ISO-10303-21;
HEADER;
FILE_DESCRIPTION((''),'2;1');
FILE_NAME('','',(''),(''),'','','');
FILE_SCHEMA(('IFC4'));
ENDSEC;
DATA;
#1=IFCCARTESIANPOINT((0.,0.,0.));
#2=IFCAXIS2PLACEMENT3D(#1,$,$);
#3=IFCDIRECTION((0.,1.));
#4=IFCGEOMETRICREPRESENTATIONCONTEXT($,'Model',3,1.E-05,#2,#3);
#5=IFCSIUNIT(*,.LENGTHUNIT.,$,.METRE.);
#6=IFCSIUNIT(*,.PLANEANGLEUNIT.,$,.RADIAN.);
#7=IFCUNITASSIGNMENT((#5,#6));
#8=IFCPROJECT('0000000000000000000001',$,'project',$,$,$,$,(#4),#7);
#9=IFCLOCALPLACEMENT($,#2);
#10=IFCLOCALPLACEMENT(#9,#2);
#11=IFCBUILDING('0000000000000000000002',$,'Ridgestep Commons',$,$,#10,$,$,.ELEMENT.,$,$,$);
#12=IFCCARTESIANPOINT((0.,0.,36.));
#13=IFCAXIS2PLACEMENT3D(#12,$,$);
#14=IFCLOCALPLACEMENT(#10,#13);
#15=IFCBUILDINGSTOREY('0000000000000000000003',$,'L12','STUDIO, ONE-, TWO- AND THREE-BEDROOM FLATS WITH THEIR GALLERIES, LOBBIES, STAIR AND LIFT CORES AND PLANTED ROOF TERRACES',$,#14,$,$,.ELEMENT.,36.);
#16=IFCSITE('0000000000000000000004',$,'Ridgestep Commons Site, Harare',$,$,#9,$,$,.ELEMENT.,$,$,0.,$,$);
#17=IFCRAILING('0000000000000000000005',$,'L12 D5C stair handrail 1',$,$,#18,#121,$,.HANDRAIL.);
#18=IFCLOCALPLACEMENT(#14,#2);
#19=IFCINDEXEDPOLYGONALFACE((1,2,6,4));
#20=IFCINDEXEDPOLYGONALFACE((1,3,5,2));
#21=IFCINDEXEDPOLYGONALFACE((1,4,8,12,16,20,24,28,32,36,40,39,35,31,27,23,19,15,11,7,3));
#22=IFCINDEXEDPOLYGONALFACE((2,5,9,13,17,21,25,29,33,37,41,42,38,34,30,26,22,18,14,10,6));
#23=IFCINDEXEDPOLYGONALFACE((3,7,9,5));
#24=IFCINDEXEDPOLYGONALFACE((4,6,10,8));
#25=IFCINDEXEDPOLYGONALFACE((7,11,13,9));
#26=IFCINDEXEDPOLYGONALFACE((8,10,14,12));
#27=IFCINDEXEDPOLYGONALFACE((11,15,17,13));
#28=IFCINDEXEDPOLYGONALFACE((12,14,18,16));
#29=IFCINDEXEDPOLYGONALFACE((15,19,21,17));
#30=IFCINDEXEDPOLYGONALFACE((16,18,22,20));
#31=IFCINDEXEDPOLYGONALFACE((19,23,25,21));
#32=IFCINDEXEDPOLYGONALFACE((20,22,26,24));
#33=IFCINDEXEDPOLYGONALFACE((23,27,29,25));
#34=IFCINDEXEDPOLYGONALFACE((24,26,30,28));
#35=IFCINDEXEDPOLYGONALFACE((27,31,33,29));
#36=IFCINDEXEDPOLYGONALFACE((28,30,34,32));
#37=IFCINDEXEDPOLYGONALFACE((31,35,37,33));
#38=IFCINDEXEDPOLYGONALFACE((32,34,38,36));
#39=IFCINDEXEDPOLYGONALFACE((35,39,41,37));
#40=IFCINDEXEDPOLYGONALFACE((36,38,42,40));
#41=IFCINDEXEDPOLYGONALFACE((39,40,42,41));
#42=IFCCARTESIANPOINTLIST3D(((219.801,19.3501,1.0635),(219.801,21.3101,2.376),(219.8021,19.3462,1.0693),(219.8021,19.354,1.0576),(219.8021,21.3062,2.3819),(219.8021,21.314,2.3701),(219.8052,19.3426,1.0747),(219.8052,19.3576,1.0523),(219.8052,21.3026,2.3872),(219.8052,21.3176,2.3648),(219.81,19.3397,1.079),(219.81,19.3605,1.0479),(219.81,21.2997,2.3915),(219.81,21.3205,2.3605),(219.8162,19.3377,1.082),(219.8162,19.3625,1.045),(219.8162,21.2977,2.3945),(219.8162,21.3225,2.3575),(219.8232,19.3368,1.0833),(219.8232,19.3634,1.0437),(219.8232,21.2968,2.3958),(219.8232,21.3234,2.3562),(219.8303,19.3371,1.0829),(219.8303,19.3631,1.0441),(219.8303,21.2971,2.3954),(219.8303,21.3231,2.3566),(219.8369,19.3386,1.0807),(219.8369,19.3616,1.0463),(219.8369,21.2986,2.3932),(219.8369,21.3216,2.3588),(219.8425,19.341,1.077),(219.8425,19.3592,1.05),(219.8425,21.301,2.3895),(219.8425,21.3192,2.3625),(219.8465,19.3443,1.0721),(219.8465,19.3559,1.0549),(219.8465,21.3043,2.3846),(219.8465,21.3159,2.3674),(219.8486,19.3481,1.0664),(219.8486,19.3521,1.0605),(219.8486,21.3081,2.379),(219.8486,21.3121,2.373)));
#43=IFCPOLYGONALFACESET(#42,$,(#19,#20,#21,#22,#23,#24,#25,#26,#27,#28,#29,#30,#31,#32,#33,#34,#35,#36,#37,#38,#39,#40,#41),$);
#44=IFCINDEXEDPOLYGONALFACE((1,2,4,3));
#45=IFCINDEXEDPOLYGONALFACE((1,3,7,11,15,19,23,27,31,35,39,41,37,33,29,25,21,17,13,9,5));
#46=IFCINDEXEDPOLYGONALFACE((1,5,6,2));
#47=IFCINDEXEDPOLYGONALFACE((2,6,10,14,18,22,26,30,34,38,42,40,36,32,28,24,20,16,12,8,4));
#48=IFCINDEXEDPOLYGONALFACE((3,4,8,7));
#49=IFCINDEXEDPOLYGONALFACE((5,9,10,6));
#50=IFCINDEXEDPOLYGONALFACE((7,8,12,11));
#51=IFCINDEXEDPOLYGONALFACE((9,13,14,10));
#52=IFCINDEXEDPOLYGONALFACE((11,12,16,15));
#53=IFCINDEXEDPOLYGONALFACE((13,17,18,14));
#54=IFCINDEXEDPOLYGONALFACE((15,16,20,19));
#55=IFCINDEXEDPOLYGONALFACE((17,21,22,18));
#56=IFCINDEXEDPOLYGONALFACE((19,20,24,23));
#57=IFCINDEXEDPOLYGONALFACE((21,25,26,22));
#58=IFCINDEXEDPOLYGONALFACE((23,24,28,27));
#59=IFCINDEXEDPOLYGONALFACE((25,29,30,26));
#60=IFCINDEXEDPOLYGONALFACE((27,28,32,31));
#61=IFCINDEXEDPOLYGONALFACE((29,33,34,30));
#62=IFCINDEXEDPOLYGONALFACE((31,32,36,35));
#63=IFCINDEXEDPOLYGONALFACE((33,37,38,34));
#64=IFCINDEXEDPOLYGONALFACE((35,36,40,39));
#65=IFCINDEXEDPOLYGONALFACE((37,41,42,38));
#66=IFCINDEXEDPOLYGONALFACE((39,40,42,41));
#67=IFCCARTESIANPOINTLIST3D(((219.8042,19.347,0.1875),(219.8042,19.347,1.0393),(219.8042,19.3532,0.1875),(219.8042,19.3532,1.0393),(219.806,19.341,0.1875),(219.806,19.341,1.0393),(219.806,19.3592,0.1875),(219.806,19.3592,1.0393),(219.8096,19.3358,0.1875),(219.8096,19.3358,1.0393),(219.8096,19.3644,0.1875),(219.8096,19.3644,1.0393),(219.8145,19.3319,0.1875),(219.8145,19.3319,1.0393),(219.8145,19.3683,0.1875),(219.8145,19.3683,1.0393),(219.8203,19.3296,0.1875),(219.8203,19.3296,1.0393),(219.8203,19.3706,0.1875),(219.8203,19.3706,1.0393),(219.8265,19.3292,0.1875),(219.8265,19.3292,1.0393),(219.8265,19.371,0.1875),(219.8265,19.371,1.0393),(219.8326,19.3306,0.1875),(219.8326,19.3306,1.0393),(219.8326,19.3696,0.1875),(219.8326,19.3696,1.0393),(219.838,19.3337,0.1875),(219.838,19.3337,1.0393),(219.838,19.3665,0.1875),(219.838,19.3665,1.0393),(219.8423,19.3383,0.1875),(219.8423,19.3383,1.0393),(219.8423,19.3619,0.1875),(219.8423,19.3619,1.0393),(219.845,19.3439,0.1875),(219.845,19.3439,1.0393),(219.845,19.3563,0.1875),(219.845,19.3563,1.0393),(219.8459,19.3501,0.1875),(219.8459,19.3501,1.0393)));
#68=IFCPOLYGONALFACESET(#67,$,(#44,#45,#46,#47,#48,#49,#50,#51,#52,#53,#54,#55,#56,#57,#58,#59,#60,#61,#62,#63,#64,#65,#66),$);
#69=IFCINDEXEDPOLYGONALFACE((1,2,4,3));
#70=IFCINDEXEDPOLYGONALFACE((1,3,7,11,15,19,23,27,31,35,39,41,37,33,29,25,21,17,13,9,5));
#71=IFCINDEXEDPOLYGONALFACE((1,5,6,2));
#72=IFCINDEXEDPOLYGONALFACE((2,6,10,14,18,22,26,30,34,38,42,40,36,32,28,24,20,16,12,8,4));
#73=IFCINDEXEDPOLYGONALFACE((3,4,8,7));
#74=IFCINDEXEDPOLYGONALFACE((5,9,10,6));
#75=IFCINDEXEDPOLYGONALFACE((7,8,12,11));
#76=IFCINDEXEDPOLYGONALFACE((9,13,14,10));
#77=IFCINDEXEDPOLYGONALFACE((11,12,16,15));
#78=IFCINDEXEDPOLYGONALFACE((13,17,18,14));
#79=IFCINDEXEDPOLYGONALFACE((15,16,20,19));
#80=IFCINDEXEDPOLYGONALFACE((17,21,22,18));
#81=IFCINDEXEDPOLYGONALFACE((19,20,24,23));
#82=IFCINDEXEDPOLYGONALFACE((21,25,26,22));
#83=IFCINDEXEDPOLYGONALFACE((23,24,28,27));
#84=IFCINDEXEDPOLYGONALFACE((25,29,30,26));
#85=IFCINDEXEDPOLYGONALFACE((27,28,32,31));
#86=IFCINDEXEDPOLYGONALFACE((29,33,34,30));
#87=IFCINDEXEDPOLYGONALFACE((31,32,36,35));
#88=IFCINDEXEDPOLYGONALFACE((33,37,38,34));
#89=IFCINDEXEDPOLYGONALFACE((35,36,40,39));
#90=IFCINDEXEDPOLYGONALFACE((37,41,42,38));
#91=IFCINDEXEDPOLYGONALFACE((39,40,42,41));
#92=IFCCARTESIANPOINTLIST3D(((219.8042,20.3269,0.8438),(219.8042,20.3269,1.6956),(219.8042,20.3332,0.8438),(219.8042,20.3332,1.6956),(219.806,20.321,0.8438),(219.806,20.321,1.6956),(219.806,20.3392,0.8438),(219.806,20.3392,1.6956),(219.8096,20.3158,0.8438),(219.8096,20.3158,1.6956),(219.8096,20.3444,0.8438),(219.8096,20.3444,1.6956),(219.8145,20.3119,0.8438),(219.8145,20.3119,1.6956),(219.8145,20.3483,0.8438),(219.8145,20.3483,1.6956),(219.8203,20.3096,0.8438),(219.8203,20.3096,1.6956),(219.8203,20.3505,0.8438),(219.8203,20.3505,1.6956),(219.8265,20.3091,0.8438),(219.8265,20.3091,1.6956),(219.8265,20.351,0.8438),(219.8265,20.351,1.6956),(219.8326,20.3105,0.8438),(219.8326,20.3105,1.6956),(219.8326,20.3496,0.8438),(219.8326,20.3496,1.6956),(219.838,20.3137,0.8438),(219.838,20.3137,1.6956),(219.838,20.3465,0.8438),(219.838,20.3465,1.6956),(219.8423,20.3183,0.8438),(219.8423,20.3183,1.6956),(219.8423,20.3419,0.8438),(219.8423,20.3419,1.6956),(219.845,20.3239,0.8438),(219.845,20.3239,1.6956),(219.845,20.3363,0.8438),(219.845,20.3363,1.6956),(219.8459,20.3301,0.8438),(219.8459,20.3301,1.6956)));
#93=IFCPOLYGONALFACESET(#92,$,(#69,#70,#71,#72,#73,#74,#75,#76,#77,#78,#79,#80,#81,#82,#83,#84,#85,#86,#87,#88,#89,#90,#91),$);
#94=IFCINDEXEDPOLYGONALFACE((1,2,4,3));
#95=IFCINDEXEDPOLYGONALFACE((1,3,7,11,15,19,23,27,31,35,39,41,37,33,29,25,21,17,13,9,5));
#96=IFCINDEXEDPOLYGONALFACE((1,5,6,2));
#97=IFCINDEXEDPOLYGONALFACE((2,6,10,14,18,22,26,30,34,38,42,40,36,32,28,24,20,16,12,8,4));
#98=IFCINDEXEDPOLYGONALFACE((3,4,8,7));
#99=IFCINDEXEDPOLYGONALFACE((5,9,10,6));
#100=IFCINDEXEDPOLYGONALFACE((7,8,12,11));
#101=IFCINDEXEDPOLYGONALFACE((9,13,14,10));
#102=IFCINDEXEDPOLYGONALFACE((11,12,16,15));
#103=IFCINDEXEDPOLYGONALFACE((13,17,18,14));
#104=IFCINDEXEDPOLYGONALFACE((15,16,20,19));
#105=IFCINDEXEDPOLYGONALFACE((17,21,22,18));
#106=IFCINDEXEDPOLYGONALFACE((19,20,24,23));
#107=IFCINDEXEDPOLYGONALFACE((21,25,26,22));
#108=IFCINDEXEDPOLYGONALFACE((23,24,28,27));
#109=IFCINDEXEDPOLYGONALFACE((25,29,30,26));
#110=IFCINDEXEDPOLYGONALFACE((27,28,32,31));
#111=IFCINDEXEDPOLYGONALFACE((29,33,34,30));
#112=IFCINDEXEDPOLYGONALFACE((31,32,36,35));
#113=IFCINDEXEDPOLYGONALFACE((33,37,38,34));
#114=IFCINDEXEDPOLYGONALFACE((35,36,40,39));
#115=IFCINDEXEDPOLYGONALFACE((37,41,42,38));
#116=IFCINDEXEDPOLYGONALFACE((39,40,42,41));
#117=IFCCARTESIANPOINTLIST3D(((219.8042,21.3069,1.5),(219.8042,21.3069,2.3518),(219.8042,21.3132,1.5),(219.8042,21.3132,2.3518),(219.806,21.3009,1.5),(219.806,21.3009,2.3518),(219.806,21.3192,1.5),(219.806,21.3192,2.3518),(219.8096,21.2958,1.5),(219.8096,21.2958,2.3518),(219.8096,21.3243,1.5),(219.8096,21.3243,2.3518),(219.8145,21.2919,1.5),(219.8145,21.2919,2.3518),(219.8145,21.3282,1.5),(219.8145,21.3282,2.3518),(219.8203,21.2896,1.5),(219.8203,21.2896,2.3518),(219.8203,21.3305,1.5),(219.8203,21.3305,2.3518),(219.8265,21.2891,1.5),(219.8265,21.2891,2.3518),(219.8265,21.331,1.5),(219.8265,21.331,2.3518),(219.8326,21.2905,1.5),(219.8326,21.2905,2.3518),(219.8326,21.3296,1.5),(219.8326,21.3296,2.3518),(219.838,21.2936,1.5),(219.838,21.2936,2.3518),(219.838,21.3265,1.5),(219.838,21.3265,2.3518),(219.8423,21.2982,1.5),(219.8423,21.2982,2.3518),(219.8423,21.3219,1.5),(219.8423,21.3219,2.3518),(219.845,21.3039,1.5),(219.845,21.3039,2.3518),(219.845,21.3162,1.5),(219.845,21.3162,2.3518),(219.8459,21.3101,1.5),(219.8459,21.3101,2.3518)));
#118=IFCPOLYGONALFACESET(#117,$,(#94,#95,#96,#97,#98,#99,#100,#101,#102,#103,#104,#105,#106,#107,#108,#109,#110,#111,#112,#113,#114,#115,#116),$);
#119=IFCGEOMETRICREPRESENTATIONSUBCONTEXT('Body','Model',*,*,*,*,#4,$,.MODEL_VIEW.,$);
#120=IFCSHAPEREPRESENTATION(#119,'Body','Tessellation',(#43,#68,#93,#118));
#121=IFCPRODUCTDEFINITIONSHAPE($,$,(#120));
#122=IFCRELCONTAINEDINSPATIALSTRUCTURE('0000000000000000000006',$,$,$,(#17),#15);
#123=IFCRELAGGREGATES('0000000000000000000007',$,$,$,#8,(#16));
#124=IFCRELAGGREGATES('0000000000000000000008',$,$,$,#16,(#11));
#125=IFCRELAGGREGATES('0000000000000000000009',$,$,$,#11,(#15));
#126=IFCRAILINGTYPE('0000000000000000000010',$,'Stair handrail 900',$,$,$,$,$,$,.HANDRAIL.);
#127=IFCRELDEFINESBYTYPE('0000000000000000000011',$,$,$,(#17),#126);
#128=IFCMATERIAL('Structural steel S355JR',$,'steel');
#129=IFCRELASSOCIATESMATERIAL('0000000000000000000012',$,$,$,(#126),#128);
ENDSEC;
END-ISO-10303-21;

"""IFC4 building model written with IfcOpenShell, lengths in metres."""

from ifc_helpers import new_model, si_unit, direction, frame, origin, origin_2d, place, context, subcontext, project, spatial, circle, extrude, material, type_object, element, save


model = new_model("IFC4")

# Units and contexts
model_context = context("Model", 3, precision=1e-05, world=origin(), true_north=direction((0.0, 1.0)))
body_context = subcontext(model_context, "Body", "Model", "MODEL_VIEW")
ifc_project = project(units=[si_unit("LENGTHUNIT", "METRE"), si_unit("PLANEANGLEUNIT", "RADIAN")], contexts=[model_context])

# Site, building, storey
site_placement = place(None, origin())
site = spatial("IfcSite", under=ifc_project, at=site_placement, Name="Ridgestep Commons Site, Harare", CompositionType="ELEMENT", RefElevation=0.0)
building_placement = place(site_placement, origin())
building = spatial("IfcBuilding", under=site, at=building_placement, Name="Ridgestep Commons", CompositionType="ELEMENT")
storey_placement = place(building_placement, frame((0.0, 0.0, 36.0)))
storey = spatial("IfcBuildingStorey", under=building, at=storey_placement, Name="L12", Description="STUDIO, ONE-, TWO- AND THREE-BEDROOM FLATS WITH THEIR GALLERIES, LOBBIES, STAIR AND LIFT CORES AND PLANTED ROOF TERRACES", CompositionType="ELEMENT", Elevation=36.0)

# Railing
ifc_material_1 = material(Name="Structural steel S355JR", Category="steel")
railing_type_1 = type_object("IfcRailingType", Name="Stair handrail 900", PredefinedType="HANDRAIL", material=ifc_material_1)
railing_1_placement = place(storey_placement, frame((219.825, 19.3501, 0.1875)))
element("IfcRailing", 1, at=railing_1_placement, inside=storey, type_object=railing_type_1, Name="L12 D5C stair handrail 1", PredefinedType="HANDRAIL", context=body_context, shape_type="SweptSolid", body=[
    extrude(circle(Radius=0.0239, at=origin_2d()), frame((0.0, 0.0, 0.876), z_axis=(0.0, 0.830902, 0.556419), x_axis=(-1.0, 0.0, 0.0)), (0.0, 0.0, 1.0), 2.3589),
    extrude(circle(Radius=0.021, at=origin_2d()), origin(), (0.0, 0.0, 1.0), 0.8518),
    extrude(circle(Radius=0.021, at=origin_2d()), frame((0.0, 0.98, 0.6562)), (0.0, 0.0, 1.0), 0.8518),
    extrude(circle(Radius=0.021, at=origin_2d()), frame((0.0, 1.96, 1.3125)), (0.0, 0.0, 1.0), 0.8518),
])

save(model, "model.ifc")
